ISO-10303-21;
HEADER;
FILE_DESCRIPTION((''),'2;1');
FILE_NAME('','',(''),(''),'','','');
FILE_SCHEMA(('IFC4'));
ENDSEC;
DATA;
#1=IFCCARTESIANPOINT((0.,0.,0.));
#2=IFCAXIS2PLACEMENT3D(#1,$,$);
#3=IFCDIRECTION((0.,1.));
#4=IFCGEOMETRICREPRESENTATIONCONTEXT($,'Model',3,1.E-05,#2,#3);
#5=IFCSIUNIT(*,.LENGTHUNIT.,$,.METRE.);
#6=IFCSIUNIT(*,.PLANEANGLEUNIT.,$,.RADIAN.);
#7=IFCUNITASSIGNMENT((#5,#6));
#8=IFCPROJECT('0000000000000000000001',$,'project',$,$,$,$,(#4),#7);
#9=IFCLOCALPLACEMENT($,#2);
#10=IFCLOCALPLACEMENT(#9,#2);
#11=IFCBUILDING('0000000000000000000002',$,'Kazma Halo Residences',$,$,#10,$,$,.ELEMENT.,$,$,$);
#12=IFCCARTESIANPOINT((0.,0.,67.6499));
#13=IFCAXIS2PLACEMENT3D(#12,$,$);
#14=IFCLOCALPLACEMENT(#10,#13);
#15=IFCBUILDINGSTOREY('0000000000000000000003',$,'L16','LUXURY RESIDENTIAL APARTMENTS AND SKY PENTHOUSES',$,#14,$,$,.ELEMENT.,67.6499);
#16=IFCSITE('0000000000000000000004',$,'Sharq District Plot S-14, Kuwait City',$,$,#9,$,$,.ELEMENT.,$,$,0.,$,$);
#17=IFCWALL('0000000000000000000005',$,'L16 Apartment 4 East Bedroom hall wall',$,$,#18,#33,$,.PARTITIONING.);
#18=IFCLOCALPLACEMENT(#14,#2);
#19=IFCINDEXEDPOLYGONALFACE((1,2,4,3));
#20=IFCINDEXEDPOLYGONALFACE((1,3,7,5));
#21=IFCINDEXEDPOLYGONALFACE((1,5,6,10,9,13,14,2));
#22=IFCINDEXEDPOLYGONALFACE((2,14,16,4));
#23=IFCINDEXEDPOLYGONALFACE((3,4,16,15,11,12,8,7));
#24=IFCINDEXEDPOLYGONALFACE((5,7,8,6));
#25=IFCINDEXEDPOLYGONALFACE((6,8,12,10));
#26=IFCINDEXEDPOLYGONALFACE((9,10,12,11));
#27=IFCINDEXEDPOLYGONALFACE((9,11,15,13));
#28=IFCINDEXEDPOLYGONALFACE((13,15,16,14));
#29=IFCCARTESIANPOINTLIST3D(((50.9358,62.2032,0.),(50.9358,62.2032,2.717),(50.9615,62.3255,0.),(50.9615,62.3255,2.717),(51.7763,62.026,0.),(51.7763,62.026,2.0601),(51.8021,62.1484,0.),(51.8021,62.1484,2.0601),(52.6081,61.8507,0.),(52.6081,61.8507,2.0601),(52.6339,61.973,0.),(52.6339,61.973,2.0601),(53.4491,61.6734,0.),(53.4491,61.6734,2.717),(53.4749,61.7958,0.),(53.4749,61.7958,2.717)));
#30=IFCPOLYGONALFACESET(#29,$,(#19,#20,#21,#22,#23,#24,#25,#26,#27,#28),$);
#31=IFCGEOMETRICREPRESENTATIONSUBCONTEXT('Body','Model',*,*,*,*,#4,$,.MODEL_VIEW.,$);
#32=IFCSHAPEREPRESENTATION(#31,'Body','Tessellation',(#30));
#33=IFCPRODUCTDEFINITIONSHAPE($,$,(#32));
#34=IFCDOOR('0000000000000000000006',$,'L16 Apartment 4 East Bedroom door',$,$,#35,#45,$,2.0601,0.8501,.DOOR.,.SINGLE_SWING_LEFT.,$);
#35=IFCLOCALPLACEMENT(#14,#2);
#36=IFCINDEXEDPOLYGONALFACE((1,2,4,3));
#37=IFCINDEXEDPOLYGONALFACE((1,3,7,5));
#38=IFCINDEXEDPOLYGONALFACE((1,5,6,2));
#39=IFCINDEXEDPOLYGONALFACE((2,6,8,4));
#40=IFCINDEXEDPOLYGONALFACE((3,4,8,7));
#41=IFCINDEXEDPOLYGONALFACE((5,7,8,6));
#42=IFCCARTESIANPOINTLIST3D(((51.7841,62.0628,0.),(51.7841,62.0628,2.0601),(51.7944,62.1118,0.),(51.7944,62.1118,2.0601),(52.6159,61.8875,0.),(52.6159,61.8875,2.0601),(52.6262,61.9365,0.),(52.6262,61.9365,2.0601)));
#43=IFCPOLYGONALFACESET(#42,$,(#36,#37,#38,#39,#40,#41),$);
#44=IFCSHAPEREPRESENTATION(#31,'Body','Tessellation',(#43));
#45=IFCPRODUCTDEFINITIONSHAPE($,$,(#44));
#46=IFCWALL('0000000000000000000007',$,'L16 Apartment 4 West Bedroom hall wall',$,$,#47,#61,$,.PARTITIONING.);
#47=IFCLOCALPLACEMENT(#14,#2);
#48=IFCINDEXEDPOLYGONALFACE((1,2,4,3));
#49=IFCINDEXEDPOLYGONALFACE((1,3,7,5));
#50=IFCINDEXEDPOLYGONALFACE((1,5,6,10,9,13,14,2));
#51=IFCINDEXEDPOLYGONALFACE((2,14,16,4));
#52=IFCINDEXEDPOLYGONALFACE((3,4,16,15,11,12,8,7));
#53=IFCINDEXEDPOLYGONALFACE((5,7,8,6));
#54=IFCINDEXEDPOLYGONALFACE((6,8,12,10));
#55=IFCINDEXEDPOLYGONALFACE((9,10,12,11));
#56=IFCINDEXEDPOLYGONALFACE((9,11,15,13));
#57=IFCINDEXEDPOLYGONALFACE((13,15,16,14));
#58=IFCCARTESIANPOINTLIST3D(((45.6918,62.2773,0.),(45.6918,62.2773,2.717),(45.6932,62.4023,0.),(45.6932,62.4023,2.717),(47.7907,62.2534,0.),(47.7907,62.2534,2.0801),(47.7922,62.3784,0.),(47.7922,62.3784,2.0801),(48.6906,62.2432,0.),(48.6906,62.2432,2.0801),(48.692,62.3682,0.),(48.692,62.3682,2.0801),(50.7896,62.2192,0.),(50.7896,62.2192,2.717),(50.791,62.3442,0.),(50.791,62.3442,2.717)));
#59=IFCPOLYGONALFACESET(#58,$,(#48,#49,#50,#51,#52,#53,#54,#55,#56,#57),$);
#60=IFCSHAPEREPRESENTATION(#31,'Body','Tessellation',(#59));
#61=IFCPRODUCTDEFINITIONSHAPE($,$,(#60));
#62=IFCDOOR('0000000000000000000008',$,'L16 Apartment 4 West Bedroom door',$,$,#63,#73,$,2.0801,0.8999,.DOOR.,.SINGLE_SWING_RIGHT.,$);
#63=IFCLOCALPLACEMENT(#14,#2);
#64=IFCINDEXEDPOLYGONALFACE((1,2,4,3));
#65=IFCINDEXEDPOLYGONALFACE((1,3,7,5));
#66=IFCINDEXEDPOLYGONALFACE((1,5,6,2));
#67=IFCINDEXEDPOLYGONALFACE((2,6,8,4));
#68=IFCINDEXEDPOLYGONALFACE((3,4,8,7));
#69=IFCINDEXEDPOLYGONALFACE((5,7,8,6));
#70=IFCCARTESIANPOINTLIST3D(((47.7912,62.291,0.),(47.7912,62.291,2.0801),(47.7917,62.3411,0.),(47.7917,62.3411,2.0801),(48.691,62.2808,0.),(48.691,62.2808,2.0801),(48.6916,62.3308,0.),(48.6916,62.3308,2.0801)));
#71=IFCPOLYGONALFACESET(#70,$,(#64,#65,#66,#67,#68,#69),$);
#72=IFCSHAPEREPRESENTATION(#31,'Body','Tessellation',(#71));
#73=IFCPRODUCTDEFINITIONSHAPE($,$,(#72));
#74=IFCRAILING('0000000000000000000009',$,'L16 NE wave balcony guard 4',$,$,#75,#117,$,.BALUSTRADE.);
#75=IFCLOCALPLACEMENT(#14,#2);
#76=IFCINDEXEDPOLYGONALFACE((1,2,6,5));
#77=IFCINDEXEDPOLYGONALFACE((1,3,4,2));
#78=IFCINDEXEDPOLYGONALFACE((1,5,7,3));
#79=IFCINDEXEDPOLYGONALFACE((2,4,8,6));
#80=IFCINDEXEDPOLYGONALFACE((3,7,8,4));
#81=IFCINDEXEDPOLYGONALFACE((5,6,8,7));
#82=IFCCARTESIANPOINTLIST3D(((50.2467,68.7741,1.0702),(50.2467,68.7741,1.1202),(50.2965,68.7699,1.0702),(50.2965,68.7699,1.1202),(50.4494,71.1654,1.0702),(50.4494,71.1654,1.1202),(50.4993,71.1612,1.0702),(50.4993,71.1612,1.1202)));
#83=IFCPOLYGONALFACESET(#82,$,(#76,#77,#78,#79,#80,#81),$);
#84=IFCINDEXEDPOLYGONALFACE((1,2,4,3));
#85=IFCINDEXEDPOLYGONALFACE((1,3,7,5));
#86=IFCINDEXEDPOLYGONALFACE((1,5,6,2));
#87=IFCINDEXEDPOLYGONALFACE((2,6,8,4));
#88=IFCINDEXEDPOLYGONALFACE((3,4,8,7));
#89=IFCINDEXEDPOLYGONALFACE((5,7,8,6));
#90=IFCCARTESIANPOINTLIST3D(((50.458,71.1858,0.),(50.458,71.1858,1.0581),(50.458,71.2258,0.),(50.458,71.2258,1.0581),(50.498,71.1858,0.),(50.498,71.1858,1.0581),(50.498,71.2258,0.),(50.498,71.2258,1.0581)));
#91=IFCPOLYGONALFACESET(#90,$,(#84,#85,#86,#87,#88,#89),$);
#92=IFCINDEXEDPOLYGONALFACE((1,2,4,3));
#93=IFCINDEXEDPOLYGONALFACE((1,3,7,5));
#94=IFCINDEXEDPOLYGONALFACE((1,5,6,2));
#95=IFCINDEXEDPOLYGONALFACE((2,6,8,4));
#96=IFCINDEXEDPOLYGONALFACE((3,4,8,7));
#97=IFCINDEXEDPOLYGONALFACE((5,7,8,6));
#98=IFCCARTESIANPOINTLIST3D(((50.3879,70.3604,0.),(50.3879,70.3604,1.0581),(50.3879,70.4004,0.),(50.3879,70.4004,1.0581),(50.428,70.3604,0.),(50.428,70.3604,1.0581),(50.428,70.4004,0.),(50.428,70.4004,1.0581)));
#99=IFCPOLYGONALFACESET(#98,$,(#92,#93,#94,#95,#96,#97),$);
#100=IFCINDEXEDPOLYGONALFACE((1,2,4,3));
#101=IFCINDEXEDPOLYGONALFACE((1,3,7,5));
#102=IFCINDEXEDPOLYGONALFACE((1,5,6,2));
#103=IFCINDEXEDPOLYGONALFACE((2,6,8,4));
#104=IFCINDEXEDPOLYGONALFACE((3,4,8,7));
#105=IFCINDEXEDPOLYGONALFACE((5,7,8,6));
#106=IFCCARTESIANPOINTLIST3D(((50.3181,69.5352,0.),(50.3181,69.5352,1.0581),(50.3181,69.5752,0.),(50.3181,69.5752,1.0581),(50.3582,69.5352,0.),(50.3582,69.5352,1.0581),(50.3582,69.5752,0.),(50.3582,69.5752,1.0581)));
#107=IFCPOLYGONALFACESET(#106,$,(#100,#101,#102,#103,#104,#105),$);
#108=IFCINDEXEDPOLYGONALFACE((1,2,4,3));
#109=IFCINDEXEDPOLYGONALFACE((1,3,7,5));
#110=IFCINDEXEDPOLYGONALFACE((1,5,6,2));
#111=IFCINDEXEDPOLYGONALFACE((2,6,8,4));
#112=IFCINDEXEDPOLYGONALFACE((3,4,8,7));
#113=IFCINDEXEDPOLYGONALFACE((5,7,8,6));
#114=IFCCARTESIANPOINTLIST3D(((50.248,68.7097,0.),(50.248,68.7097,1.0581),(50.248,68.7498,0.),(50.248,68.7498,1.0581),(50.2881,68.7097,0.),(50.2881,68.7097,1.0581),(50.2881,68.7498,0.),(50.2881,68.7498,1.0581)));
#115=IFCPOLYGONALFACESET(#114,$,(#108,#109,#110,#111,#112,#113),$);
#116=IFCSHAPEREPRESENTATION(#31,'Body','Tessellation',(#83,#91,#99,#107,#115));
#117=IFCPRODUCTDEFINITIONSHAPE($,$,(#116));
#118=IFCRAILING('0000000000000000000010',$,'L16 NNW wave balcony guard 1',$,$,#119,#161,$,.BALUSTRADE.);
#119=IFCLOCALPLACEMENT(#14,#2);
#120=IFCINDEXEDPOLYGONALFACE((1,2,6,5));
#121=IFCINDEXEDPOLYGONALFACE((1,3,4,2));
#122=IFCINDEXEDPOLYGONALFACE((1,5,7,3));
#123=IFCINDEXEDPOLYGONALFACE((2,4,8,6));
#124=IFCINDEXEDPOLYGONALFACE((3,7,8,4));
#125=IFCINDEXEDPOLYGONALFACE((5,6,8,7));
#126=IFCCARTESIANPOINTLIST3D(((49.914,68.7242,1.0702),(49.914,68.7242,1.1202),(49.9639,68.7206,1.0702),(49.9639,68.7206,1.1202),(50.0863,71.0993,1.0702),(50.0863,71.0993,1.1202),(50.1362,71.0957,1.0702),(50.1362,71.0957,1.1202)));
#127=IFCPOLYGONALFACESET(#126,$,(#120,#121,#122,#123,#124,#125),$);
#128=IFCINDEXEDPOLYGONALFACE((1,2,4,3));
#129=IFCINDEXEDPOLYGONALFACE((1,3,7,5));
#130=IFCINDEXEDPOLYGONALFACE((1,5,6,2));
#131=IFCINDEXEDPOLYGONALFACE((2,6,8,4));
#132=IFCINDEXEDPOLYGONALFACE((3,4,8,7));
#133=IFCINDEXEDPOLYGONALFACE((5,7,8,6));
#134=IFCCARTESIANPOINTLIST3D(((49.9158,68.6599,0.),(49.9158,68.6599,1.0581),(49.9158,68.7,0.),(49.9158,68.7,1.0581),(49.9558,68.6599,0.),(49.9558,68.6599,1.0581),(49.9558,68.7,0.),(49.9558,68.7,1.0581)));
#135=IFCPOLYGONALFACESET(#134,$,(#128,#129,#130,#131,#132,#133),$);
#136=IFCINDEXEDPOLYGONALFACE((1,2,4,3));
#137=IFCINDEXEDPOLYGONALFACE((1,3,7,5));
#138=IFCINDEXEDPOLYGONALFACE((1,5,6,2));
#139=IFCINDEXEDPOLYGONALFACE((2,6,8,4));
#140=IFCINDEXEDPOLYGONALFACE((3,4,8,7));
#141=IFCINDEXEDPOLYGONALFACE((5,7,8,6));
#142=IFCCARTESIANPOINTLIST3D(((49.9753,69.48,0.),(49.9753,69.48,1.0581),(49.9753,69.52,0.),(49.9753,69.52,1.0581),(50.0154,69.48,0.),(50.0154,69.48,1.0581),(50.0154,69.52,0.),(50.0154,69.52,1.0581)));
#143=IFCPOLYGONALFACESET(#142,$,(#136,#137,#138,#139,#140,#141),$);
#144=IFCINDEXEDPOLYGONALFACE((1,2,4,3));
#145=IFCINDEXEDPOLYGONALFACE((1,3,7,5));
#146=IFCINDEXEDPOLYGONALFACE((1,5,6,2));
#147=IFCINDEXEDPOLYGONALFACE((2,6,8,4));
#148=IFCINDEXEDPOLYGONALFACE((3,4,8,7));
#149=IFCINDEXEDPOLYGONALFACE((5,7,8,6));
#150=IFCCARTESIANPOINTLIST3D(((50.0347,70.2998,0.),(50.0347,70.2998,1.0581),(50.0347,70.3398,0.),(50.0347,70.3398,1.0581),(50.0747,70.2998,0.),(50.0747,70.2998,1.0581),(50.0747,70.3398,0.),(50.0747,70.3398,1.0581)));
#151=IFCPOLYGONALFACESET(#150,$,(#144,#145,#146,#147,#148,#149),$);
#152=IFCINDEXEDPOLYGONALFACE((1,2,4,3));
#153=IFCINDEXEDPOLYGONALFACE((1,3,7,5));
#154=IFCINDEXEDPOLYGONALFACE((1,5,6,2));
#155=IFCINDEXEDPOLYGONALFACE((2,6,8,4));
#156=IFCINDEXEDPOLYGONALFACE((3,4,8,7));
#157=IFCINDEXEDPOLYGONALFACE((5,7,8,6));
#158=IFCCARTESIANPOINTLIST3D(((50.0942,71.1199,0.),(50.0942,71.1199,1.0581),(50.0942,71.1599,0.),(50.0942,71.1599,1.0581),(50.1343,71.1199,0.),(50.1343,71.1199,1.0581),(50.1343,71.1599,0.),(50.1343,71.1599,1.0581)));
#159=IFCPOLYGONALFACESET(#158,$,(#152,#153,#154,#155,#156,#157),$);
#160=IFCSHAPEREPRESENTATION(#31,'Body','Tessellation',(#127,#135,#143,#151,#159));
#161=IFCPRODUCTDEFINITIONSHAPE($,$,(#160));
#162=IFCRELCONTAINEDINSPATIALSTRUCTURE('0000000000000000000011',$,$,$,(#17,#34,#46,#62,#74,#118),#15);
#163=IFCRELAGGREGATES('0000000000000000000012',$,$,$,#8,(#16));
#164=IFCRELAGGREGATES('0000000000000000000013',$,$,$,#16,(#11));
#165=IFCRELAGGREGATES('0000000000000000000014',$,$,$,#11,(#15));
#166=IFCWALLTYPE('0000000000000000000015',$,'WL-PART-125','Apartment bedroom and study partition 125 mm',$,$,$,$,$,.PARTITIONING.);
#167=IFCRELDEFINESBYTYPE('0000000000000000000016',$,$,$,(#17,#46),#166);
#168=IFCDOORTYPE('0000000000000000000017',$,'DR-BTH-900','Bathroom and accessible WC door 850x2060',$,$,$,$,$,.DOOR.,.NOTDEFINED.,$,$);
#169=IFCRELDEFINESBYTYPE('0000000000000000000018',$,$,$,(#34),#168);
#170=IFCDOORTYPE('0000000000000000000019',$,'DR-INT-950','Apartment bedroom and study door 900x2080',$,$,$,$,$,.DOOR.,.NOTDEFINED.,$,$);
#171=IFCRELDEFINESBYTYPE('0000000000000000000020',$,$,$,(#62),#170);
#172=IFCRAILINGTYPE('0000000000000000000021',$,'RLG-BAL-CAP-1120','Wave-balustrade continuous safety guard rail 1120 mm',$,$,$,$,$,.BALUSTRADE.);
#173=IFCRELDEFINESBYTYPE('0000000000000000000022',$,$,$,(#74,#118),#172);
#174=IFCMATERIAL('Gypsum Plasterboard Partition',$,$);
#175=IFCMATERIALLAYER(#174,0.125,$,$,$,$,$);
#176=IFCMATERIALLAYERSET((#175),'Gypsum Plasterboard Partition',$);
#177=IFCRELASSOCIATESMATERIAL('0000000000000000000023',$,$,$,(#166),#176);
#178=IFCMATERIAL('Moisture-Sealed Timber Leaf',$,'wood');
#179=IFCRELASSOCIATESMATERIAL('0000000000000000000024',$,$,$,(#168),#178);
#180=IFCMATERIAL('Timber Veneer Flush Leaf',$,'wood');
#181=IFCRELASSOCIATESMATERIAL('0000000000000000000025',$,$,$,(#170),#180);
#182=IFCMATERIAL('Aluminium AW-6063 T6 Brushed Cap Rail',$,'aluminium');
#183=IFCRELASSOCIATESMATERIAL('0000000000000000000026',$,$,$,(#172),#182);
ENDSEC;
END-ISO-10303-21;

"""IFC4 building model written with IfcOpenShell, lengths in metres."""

from ifc_helpers import new_model, si_unit, direction, frame, frame_2d, origin, origin_2d, place, context, subcontext, project, spatial, rectangle, extrude, material, layer, layer_set, type_object, element, fill, save


model = new_model("IFC4")

# Units and contexts
model_context = context("Model", 3, precision=1e-05, world=origin(), true_north=direction((0.0, 1.0)))
body_context = subcontext(model_context, "Body", "Model", "MODEL_VIEW")
ifc_project = project(units=[si_unit("LENGTHUNIT", "METRE"), si_unit("PLANEANGLEUNIT", "RADIAN")], contexts=[model_context])

# Site, building, storey
site_placement = place(None, origin())
site = spatial("IfcSite", under=ifc_project, at=site_placement, Name="Sharq District Plot S-14, Kuwait City", CompositionType="ELEMENT", RefElevation=0.0)
building_placement = place(site_placement, origin())
building = spatial("IfcBuilding", under=site, at=building_placement, Name="Kazma Halo Residences", CompositionType="ELEMENT")
storey_placement = place(building_placement, frame((0.0, 0.0, 67.6499)))
storey = spatial("IfcBuildingStorey", under=building, at=storey_placement, Name="L16", Description="LUXURY RESIDENTIAL APARTMENTS AND SKY PENTHOUSES", CompositionType="ELEMENT", Elevation=67.6499)

# Shared definitions
ifc_material_1 = material(Name="Gypsum Plasterboard Partition")
ifc_layer_1 = layer(ifc_material_1, 0.125)
ifc_layer_set_1 = layer_set([ifc_layer_1], Name="Gypsum Plasterboard Partition")
wall_type_1 = type_object("IfcWallType", Name="WL-PART-125", Description="Apartment bedroom and study partition 125 mm", PredefinedType="PARTITIONING", material=ifc_layer_set_1)

# Walls, openings, doors
wall_1_placement = place(storey_placement, frame((53.4619, 61.7346, 0.0), z_axis=(0.0, 0.0, 1.0), x_axis=(-0.978499, 0.20625, 0.0)))
wall_1 = element("IfcWall", 1, at=wall_1_placement, inside=storey, type_object=wall_type_1, Name="L16 Apartment 4 East Bedroom hall wall", PredefinedType="PARTITIONING", context=body_context, shape_type="SweptSolid", body=[
    extrude(rectangle(XDim=2.5686, YDim=0.125, at=frame_2d((1.2842, 0.0))), origin(), (0.0, 0.0, 1.0), 2.717),
])
opening_1_placement = place(wall_1_placement, frame((0.8594, 0.0, 0.0)))
opening_1 = element("IfcOpeningElement", 2, at=opening_1_placement, cuts=wall_1, PredefinedType="OPENING", context=body_context, shape_type="SweptSolid", body=[
    extrude(rectangle(XDim=0.8501, YDim=2.0601, at=frame_2d((0.425, 1.03))), frame((0.0, 0.0725, 0.0), z_axis=(0.0, -1.0, 0.0), x_axis=(1.0, 0.0, 0.0)), (0.0, 0.0, 1.0), 0.145),
])
ifc_material_2 = material(Name="Moisture-Sealed Timber Leaf", Category="wood")
door_type_1 = type_object("IfcDoorType", Name="DR-BTH-900", Description="Bathroom and accessible WC door 850x2060", OperationType="NOTDEFINED", PredefinedType="DOOR", material=ifc_material_2)
door_1_placement = place(opening_1_placement, origin())
door_1 = element("IfcDoor", 3, at=door_1_placement, inside=storey, type_object=door_type_1, Name="L16 Apartment 4 East Bedroom door", OperationType="SINGLE_SWING_LEFT", OverallHeight=2.0601, OverallWidth=0.8501, PredefinedType="DOOR", context=body_context, shape_type="SweptSolid", body=[
    extrude(rectangle(XDim=0.8501, YDim=2.0601, at=frame_2d((0.425, 1.03))), frame((0.0, 0.0249, 0.0), z_axis=(0.0, -1.0, 0.0), x_axis=(1.0, 0.0, 0.0)), (0.0, 0.0, 1.0), 0.05),
])
fill(opening_1, door_1)
wall_2_placement = place(storey_placement, frame((50.7903, 62.2817, 0.0), z_axis=(0.0, 0.0, 1.0), x_axis=(-0.999935, 0.011397, 0.0)))
wall_2 = element("IfcWall", 4, at=wall_2_placement, inside=storey, type_object=wall_type_1, Name="L16 Apartment 4 West Bedroom hall wall", PredefinedType="PARTITIONING", context=body_context, shape_type="SweptSolid", body=[
    extrude(rectangle(XDim=5.0981, YDim=0.125, at=frame_2d((2.5491, 0.0))), origin(), (0.0, 0.0, 1.0), 2.717),
])
opening_2_placement = place(wall_2_placement, frame((2.0991, 0.0, 0.0)))
opening_2 = element("IfcOpeningElement", 5, at=opening_2_placement, cuts=wall_2, PredefinedType="OPENING", context=body_context, shape_type="SweptSolid", body=[
    extrude(rectangle(XDim=0.8999, YDim=2.0801, at=frame_2d((0.45, 1.04))), frame((0.0, 0.0725, 0.0), z_axis=(0.0, -1.0, 0.0), x_axis=(1.0, 0.0, 0.0)), (0.0, 0.0, 1.0), 0.145),
])
ifc_material_3 = material(Name="Timber Veneer Flush Leaf", Category="wood")
door_type_2 = type_object("IfcDoorType", Name="DR-INT-950", Description="Apartment bedroom and study door 900x2080", OperationType="NOTDEFINED", PredefinedType="DOOR", material=ifc_material_3)
door_2_placement = place(opening_2_placement, origin())
door_2 = element("IfcDoor", 6, at=door_2_placement, inside=storey, type_object=door_type_2, Name="L16 Apartment 4 West Bedroom door", OperationType="SINGLE_SWING_RIGHT", OverallHeight=2.0801, OverallWidth=0.8999, PredefinedType="DOOR", context=body_context, shape_type="SweptSolid", body=[
    extrude(rectangle(XDim=0.8999, YDim=2.0801, at=frame_2d((0.45, 1.04))), frame((0.0, 0.0249, 0.0), z_axis=(0.0, -1.0, 0.0), x_axis=(1.0, 0.0, 0.0)), (0.0, 0.0, 1.0), 0.05),
])
fill(opening_2, door_2)

# Railings
ifc_material_4 = material(Name="Aluminium AW-6063 T6 Brushed Cap Rail", Category="aluminium")
railing_type = type_object("IfcRailingType", Name="RLG-BAL-CAP-1120", Description="Wave-balustrade continuous safety guard rail 1120 mm", PredefinedType="BALUSTRADE", material=ifc_material_4)
railing_1_placement = place(storey_placement, frame((50.478, 71.2058, 0.0)))
element("IfcRailing", 7, at=railing_1_placement, inside=storey, type_object=railing_type, Name="L16 NE wave balcony guard 4", PredefinedType="BALUSTRADE", context=body_context, shape_type="SweptSolid", body=[
    extrude(rectangle(XDim=0.05, YDim=0.05, at=origin_2d()), frame((-0.0037, -0.0425, 1.0952), z_axis=(-0.084493, -0.996424, 0.0), x_axis=(0.996424, -0.084493, 0.0)), (0.0, 0.0, 1.0), 2.3999),
    extrude(rectangle(XDim=0.04, YDim=0.04, at=origin_2d()), origin(), (0.0, 0.0, 1.0), 1.0581),
    extrude(rectangle(XDim=0.04, YDim=0.04, at=origin_2d()), frame((-0.0701, -0.8254, 0.0)), (0.0, 0.0, 1.0), 1.0581),
    extrude(rectangle(XDim=0.04, YDim=0.04, at=origin_2d()), frame((-0.1399, -1.6506, 0.0)), (0.0, 0.0, 1.0), 1.0581),
    extrude(rectangle(XDim=0.04, YDim=0.04, at=origin_2d()), frame((-0.21, -2.4761, 0.0)), (0.0, 0.0, 1.0), 1.0581),
])
railing_2_placement = place(storey_placement, frame((49.9358, 68.6799, 0.0)))
element("IfcRailing", 8, at=railing_2_placement, inside=storey, type_object=railing_type, Name="L16 NNW wave balcony guard 1", PredefinedType="BALUSTRADE", context=body_context, shape_type="SweptSolid", body=[
    extrude(rectangle(XDim=0.05, YDim=0.05, at=origin_2d()), frame((0.0032, 0.0425, 1.0952), z_axis=(0.072358, 0.997379, 0.0), x_axis=(-0.997379, 0.072358, 0.0)), (0.0, 0.0, 1.0), 2.3813),
    extrude(rectangle(XDim=0.04, YDim=0.04, at=origin_2d()), origin(), (0.0, 0.0, 1.0), 1.0581),
    extrude(rectangle(XDim=0.04, YDim=0.04, at=origin_2d()), frame((0.0596, 0.8201, 0.0)), (0.0, 0.0, 1.0), 1.0581),
    extrude(rectangle(XDim=0.04, YDim=0.04, at=origin_2d()), frame((0.1189, 1.6399, 0.0)), (0.0, 0.0, 1.0), 1.0581),
    extrude(rectangle(XDim=0.04, YDim=0.04, at=origin_2d()), frame((0.1785, 2.46, 0.0)), (0.0, 0.0, 1.0), 1.0581),
])

save(model, "model.ifc")
